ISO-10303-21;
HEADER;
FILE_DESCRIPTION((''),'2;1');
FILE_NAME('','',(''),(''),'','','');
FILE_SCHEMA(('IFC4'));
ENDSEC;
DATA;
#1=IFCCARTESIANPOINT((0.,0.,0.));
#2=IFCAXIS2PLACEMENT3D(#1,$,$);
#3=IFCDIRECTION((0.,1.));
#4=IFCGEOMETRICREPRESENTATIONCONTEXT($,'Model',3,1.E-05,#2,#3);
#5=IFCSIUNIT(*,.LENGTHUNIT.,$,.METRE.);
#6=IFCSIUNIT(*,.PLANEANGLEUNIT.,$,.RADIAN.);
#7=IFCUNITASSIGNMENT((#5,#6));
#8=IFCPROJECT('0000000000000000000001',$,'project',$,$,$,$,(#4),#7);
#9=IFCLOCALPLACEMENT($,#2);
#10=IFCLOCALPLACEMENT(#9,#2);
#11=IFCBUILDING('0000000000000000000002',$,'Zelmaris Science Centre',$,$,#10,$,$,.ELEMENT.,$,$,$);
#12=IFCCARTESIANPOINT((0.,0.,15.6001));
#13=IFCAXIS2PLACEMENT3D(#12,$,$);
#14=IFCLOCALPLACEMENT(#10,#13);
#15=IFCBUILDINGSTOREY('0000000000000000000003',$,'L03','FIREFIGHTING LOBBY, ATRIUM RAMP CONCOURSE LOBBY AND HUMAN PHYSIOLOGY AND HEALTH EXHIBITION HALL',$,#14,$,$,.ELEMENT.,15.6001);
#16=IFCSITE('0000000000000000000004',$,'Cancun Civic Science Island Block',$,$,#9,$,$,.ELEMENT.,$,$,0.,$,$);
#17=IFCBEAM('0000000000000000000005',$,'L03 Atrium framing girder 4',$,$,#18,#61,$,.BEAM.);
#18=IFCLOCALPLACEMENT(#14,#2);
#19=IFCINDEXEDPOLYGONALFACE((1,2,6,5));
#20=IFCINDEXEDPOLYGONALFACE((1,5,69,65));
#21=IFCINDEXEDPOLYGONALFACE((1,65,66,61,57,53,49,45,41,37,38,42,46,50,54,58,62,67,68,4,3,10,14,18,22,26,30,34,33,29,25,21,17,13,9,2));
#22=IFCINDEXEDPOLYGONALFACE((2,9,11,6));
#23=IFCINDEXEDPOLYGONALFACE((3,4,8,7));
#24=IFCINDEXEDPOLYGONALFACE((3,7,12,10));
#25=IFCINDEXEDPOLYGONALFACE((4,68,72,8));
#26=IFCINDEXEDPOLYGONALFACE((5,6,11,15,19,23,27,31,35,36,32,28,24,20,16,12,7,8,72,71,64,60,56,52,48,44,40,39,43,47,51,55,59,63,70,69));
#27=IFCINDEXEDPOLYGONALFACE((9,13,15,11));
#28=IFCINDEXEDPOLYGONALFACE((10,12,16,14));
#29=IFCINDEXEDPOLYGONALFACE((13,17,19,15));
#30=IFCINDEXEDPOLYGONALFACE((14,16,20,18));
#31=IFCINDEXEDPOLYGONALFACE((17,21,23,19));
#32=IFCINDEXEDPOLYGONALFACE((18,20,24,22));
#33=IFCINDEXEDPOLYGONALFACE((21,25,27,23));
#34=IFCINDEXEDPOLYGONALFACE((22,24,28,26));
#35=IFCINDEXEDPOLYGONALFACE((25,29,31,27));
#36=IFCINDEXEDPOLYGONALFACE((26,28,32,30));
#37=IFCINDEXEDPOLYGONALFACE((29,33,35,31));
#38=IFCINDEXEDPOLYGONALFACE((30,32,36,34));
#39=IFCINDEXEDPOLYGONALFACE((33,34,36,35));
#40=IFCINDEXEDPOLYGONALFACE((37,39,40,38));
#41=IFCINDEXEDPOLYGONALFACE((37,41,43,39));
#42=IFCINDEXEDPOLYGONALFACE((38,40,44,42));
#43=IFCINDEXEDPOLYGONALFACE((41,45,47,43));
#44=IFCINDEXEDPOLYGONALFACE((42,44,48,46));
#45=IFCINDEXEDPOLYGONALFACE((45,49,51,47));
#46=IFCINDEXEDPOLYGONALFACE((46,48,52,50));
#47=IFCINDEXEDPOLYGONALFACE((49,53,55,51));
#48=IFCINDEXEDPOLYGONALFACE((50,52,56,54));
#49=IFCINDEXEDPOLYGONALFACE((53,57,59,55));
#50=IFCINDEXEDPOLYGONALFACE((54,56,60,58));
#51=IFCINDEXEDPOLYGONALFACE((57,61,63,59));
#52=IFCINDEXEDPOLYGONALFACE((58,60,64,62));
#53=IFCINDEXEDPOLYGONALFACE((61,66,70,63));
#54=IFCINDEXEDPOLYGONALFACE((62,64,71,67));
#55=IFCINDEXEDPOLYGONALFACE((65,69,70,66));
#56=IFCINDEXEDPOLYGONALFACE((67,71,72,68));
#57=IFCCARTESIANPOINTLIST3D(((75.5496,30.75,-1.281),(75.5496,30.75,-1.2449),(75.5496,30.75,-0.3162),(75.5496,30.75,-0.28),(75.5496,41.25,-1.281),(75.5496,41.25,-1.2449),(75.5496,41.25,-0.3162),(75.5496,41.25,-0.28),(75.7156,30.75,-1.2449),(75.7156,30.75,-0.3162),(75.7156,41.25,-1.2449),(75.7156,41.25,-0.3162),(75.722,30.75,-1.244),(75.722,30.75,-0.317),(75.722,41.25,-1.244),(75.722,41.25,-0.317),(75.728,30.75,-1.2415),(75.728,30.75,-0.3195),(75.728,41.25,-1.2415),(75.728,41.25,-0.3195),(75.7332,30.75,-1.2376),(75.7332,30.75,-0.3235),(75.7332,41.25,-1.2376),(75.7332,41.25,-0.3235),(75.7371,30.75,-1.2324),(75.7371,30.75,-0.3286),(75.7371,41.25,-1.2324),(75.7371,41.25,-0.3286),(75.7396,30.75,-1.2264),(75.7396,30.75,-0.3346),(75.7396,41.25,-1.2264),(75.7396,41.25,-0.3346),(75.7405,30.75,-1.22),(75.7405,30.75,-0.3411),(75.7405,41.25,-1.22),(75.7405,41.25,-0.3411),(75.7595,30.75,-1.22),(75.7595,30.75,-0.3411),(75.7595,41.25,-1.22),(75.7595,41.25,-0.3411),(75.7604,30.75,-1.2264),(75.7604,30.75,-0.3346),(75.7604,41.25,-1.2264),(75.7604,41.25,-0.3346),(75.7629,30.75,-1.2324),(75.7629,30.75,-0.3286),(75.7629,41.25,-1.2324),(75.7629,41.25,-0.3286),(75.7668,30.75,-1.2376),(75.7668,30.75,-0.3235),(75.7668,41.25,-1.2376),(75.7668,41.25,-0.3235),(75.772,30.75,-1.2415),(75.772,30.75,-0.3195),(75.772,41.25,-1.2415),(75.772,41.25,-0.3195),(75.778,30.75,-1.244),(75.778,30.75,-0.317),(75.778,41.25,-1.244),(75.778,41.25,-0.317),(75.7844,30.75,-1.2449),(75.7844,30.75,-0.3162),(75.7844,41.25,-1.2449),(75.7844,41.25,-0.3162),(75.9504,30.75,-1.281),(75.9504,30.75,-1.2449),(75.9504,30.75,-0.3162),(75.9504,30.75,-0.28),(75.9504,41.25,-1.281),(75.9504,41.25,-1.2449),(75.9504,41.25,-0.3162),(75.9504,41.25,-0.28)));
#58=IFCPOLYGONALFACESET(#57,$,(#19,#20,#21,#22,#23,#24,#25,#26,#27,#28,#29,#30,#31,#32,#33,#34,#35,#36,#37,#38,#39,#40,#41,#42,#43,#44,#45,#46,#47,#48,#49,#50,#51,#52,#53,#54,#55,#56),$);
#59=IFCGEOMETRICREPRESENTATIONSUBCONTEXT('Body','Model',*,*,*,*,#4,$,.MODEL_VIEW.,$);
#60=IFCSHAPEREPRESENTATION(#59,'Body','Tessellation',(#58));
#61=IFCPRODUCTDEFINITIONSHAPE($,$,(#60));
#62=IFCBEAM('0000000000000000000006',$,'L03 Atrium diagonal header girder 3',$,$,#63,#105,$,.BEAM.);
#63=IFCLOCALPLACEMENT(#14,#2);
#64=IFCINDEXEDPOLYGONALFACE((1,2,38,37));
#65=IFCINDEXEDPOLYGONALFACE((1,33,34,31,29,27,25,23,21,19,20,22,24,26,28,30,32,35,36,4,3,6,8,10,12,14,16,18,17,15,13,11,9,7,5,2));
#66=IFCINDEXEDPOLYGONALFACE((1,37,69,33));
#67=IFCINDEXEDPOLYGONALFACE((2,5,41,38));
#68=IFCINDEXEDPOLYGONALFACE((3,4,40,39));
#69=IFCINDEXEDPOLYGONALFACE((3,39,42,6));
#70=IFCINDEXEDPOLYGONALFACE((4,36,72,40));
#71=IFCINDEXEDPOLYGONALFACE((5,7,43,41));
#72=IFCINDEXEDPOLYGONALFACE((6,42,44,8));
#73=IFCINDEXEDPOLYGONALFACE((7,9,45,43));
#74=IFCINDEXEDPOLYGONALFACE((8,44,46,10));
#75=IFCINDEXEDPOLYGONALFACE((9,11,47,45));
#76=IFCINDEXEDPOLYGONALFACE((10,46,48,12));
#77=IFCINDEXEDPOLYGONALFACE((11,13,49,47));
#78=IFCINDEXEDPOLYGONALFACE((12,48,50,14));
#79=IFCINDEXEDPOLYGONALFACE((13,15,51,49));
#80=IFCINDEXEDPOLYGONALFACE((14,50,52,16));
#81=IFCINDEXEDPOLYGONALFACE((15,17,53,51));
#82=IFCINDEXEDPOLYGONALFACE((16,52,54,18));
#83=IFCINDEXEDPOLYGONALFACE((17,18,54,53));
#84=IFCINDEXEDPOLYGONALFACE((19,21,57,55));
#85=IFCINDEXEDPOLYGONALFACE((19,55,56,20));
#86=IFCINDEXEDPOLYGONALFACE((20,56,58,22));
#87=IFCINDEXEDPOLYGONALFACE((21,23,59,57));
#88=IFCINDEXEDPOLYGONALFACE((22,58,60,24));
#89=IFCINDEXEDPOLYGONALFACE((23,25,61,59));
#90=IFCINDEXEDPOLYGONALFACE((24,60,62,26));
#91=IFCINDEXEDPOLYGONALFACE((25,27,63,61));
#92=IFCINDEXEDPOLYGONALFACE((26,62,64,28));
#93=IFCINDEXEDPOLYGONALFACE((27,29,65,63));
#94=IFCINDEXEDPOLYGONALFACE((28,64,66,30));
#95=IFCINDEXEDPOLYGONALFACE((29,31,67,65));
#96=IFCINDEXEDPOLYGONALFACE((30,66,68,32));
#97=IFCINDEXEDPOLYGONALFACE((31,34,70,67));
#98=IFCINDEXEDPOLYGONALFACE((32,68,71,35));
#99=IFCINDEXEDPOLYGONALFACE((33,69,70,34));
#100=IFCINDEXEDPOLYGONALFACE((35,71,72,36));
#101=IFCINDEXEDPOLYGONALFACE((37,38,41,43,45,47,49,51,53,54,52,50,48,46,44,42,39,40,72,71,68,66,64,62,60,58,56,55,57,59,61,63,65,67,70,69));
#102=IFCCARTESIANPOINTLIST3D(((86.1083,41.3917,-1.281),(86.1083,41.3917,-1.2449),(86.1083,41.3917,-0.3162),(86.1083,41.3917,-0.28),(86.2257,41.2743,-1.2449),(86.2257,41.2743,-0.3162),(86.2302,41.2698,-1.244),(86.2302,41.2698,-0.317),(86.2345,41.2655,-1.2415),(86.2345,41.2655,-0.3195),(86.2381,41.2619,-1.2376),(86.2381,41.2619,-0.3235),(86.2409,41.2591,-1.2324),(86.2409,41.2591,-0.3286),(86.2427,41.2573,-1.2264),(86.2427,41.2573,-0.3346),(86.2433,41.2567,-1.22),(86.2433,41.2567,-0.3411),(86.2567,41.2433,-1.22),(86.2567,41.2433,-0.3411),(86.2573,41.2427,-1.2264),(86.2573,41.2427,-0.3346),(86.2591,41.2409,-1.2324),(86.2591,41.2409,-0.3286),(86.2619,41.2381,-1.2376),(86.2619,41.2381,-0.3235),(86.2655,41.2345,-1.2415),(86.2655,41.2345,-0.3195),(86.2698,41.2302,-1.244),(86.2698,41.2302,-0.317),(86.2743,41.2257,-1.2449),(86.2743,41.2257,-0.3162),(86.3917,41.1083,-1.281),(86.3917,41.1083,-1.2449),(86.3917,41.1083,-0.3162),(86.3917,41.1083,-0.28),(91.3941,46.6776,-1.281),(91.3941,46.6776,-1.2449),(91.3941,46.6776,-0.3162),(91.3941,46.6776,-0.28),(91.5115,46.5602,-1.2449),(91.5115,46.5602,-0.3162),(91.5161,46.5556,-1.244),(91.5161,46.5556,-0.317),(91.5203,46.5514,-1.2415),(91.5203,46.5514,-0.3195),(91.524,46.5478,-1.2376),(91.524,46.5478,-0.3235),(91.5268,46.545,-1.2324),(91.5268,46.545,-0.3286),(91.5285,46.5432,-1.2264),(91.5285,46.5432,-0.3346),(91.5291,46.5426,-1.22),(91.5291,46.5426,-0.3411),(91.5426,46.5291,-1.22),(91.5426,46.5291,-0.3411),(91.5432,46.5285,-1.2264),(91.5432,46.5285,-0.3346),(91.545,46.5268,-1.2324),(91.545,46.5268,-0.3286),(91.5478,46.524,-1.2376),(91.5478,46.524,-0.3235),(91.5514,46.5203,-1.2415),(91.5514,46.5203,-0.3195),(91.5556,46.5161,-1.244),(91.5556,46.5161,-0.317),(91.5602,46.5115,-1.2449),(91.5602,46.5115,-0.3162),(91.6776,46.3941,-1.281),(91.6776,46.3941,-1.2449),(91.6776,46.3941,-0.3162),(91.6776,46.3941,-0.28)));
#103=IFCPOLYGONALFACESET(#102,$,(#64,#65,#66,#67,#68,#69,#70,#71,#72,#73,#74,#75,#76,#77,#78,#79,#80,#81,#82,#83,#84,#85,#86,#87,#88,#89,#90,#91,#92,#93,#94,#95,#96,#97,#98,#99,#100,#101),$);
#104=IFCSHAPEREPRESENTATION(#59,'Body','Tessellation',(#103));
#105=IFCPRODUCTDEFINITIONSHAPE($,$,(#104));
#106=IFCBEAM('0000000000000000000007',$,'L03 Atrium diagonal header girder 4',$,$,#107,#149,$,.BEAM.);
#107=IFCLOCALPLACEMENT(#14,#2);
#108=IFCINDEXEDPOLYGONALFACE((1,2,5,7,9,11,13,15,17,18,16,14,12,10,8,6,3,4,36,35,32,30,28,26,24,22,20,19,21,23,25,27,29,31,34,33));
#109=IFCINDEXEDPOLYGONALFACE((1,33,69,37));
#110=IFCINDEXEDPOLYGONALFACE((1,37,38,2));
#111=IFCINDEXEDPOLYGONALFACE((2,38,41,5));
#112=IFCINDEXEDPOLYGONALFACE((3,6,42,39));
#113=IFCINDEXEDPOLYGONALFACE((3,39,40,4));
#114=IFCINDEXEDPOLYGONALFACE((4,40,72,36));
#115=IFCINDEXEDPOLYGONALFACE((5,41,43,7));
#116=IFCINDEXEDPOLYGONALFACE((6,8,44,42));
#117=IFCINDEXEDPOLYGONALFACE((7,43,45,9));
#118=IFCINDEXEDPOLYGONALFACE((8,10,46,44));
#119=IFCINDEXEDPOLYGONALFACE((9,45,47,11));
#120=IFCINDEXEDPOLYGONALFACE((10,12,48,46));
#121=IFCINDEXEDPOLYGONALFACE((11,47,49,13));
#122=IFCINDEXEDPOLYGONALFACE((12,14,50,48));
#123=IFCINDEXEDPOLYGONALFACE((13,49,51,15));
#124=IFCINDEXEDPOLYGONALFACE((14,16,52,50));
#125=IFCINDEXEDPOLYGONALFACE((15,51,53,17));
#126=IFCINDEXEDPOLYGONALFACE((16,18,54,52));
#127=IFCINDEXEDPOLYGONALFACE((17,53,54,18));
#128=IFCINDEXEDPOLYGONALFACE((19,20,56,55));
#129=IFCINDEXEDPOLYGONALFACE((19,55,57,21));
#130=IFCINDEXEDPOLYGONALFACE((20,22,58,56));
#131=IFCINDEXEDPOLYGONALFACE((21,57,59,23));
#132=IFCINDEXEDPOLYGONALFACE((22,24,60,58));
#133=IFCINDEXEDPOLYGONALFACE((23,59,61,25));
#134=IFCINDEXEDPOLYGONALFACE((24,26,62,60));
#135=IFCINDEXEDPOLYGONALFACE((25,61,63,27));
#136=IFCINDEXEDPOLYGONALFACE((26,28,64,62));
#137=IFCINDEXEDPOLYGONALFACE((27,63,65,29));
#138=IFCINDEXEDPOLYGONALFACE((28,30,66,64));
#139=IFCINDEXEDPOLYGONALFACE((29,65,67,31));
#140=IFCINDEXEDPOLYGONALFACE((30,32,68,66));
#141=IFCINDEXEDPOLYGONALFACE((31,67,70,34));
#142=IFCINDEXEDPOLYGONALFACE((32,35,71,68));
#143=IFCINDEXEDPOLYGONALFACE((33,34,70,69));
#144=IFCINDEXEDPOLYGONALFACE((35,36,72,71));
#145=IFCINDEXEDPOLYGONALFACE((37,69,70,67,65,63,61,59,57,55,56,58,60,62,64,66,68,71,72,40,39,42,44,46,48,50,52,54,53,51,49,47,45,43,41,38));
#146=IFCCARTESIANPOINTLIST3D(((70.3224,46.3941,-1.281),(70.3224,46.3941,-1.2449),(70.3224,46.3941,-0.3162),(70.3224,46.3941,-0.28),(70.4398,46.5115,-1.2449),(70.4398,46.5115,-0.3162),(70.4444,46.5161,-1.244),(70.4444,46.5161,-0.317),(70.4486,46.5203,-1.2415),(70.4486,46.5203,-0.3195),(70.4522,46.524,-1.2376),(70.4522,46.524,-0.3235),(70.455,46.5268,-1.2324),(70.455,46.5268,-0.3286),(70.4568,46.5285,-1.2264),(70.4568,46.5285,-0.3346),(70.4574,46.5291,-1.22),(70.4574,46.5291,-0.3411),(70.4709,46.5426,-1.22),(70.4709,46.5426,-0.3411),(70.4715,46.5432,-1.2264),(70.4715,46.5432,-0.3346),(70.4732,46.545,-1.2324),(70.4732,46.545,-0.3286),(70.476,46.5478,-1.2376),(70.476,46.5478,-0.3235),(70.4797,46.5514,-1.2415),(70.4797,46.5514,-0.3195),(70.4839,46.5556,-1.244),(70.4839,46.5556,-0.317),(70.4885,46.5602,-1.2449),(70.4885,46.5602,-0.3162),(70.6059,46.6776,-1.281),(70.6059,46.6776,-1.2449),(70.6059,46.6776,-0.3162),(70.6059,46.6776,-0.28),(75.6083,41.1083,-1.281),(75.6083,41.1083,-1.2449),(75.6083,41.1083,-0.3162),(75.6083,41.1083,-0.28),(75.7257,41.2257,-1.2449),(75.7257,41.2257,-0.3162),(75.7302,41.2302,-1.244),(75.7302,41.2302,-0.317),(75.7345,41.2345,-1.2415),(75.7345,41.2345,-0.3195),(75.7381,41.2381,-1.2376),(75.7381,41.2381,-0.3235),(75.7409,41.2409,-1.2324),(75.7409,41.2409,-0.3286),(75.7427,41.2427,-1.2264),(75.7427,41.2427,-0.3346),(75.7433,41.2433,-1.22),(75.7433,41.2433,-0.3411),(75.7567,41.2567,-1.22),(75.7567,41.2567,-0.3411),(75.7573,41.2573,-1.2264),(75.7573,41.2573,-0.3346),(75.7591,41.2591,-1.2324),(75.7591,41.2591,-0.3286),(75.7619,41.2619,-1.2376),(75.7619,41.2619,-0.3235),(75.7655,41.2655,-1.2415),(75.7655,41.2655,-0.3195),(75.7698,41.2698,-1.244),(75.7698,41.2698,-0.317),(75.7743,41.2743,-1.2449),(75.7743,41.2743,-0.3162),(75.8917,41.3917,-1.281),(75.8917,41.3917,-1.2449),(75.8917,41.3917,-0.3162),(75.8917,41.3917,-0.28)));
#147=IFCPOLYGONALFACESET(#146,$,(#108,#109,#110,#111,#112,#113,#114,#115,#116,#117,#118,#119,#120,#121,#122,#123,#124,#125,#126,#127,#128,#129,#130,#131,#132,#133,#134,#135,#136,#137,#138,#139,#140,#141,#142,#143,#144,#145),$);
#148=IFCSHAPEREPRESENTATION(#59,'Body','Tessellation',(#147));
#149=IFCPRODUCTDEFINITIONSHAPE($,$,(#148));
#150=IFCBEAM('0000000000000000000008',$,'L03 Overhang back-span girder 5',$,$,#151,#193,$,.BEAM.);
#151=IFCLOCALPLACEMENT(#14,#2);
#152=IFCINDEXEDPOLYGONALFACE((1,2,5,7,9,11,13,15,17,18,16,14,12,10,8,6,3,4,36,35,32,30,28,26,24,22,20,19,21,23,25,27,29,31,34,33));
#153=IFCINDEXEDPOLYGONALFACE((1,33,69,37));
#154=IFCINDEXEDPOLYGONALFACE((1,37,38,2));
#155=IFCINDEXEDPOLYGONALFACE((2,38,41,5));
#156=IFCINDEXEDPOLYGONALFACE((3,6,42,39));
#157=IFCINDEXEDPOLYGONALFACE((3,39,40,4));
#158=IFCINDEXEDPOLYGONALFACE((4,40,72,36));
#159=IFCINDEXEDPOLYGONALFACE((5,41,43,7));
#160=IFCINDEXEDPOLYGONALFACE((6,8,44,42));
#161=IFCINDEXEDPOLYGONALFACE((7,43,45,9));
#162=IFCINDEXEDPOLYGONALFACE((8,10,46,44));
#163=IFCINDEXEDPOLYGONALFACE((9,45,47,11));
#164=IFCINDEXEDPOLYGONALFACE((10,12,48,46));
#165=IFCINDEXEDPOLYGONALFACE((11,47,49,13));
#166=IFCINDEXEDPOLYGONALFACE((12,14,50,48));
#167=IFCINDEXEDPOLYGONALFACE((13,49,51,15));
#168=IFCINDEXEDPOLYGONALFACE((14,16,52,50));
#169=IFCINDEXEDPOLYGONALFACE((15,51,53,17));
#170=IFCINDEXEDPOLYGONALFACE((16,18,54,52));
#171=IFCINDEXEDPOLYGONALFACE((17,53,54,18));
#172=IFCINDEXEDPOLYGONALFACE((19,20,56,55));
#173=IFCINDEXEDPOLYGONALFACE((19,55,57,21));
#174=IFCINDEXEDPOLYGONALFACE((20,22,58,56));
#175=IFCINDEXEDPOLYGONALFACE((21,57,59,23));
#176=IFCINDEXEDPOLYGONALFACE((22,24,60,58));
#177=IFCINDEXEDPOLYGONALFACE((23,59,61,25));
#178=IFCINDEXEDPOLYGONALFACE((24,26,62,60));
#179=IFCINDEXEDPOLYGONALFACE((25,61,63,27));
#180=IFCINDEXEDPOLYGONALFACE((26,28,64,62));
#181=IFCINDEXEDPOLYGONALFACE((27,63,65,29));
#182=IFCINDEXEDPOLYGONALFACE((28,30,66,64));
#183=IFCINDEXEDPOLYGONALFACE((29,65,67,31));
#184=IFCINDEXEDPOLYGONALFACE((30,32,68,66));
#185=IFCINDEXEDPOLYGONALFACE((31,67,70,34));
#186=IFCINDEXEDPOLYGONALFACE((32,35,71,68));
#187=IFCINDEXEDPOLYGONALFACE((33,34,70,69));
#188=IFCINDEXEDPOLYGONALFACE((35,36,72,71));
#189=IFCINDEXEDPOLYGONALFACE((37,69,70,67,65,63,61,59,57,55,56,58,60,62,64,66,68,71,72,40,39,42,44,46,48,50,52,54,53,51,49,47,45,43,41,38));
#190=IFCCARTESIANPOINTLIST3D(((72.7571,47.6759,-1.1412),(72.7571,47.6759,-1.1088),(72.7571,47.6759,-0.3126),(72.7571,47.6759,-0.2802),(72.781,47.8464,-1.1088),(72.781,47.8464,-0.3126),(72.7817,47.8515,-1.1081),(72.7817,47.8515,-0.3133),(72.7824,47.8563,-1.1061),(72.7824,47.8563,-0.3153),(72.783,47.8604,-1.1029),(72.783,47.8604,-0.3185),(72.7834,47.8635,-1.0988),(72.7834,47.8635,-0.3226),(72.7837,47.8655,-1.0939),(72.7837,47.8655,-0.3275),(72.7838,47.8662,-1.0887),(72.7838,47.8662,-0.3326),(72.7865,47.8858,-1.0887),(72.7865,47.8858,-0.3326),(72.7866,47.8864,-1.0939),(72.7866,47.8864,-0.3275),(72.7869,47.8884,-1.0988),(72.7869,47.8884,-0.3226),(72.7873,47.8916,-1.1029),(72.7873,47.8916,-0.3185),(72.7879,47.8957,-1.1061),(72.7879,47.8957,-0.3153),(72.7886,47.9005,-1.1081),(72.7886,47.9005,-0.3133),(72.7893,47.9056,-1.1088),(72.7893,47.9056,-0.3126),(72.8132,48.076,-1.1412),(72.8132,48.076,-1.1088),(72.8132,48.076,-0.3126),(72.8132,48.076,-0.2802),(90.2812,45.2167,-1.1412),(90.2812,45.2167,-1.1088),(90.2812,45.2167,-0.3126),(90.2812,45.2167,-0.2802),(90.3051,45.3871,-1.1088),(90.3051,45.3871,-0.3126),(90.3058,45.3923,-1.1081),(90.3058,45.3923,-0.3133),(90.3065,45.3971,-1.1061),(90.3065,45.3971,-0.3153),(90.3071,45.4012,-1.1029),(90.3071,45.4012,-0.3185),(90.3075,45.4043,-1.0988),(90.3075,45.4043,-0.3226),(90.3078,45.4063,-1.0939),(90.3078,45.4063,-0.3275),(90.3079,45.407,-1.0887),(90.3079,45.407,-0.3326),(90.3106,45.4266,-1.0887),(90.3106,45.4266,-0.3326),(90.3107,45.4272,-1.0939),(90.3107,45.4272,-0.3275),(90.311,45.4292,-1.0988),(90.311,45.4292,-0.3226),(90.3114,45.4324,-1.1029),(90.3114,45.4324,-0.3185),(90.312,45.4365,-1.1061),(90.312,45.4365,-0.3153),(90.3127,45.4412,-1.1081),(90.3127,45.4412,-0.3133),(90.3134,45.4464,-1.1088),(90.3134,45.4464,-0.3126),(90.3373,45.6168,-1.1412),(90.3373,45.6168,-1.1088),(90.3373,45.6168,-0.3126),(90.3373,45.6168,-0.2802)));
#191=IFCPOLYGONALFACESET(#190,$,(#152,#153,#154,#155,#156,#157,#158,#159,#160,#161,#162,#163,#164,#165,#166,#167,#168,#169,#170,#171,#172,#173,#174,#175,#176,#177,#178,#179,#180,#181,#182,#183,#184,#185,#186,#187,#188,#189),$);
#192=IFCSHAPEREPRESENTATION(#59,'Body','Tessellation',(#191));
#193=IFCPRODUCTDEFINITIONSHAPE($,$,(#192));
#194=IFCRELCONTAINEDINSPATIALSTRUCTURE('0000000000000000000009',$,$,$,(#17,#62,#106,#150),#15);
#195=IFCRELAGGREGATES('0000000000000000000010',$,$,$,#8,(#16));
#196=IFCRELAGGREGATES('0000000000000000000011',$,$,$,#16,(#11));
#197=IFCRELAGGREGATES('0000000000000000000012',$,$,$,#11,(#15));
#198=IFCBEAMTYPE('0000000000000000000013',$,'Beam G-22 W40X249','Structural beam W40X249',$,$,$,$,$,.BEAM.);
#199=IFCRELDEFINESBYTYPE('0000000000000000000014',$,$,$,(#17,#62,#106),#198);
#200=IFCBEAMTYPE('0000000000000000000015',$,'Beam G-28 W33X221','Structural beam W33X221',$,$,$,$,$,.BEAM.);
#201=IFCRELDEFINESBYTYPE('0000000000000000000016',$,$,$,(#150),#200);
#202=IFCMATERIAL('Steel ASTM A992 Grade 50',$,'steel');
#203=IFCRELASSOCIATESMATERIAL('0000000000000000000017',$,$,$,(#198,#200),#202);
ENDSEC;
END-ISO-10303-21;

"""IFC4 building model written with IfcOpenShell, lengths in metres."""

from ifc_helpers import new_model, si_unit, direction, frame, origin, origin_2d, place, context, subcontext, project, spatial, i_section, extrude, material, material_profile, profile_set, type_object, element, save


model = new_model("IFC4")

# Units and contexts
model_context = context("Model", 3, precision=1e-05, world=origin(), true_north=direction((0.0, 1.0)))
body_context = subcontext(model_context, "Body", "Model", "MODEL_VIEW")
ifc_project = project(units=[si_unit("LENGTHUNIT", "METRE"), si_unit("PLANEANGLEUNIT", "RADIAN")], contexts=[model_context])

# Site, building, storey
site_placement = place(None, origin())
site = spatial("IfcSite", under=ifc_project, at=site_placement, Name="Cancun Civic Science Island Block", CompositionType="ELEMENT", RefElevation=0.0)
building_placement = place(site_placement, origin())
building = spatial("IfcBuilding", under=site, at=building_placement, Name="Zelmaris Science Centre", CompositionType="ELEMENT")
storey_placement = place(building_placement, frame((0.0, 0.0, 15.6001)))
storey = spatial("IfcBuildingStorey", under=building, at=storey_placement, Name="L03", Description="FIREFIGHTING LOBBY, ATRIUM RAMP CONCOURSE LOBBY AND HUMAN PHYSIOLOGY AND HEALTH EXHIBITION HALL", CompositionType="ELEMENT", Elevation=15.6001)

# Shared definitions
ifc_material_1 = material(Name="Steel ASTM A992 Grade 50", Category="steel")

# Beams
ifc_material_profile_1 = material_profile(ifc_material_1, i_section(OverallWidth=0.4009, OverallDepth=1.001, WebThickness=0.019, FlangeThickness=0.0361, FilletRadius=0.0249, at=origin_2d()), Name="W40X249")
ifc_profile_set_1 = profile_set([ifc_material_profile_1], Name="Steel ASTM A992 Grade 50")
beam_type_1 = type_object("IfcBeamType", Name="Beam G-22 W40X249", Description="Structural beam W40X249", PredefinedType="BEAM", material=ifc_profile_set_1)
for number, where, z_axis, x_axis, name in (
    (1, (75.75, 41.25, -0.7805), (0.0, -1.0, 0.0), (1.0, 0.0, 0.0), "L03 Atrium framing girder 4"),
):
    element("IfcBeam", number, at=place(storey_placement, frame(where, z_axis=z_axis, x_axis=x_axis)), inside=storey, type_object=beam_type_1, Name=name, PredefinedType="BEAM", context=body_context, shape_type="SweptSolid", body=[
        extrude(i_section(OverallWidth=0.4009, OverallDepth=1.001, WebThickness=0.019, FlangeThickness=0.0361, FilletRadius=0.0249, at=origin_2d()), origin(), (0.0, 0.0, 1.0), 10.5),
    ])
for number, where, z_axis, x_axis, name in (
    (2, (86.25, 41.25, -0.7805), (0.707107, 0.707107, 0.0), (-0.707107, 0.707107, 0.0), "L03 Atrium diagonal header girder 3"),
    (3, (75.75, 41.25, -0.7805), (-0.707107, 0.707107, 0.0), (-0.707107, -0.707107, 0.0), "L03 Atrium diagonal header girder 4"),
):
    element("IfcBeam", number, at=place(storey_placement, frame(where, z_axis=z_axis, x_axis=x_axis)), inside=storey, type_object=beam_type_1, Name=name, PredefinedType="BEAM", context=body_context, shape_type="SweptSolid", body=[
        extrude(i_section(OverallWidth=0.4009, OverallDepth=1.001, WebThickness=0.019, FlangeThickness=0.0361, FilletRadius=0.0249, at=origin_2d()), origin(), (0.0, 0.0, 1.0), 7.4753),
    ])
ifc_material_profile_2 = material_profile(ifc_material_1, i_section(OverallWidth=0.4041, OverallDepth=0.8611, WebThickness=0.0198, FlangeThickness=0.0325, FilletRadius=0.02, at=origin_2d()), Name="W33X221")
ifc_profile_set_2 = profile_set([ifc_material_profile_2], Name="Steel ASTM A992 Grade 50")
beam_type_2 = type_object("IfcBeamType", Name="Beam G-28 W33X221", Description="Structural beam W33X221", PredefinedType="BEAM", material=ifc_profile_set_2)
beam_1_placement = place(storey_placement, frame((72.7852, 47.876, -0.7107), z_axis=(0.990296, -0.138972, 0.0), x_axis=(0.138972, 0.990296, 0.0)))
element("IfcBeam", 4, at=beam_1_placement, inside=storey, type_object=beam_type_2, Name="L03 Overhang back-span girder 5", PredefinedType="BEAM", context=body_context, shape_type="SweptSolid", body=[
    extrude(i_section(OverallWidth=0.4041, OverallDepth=0.8611, WebThickness=0.0198, FlangeThickness=0.0325, FilletRadius=0.02, at=origin_2d()), origin(), (0.0, 0.0, 1.0), 17.6958),
])

save(model, "model.ifc")
